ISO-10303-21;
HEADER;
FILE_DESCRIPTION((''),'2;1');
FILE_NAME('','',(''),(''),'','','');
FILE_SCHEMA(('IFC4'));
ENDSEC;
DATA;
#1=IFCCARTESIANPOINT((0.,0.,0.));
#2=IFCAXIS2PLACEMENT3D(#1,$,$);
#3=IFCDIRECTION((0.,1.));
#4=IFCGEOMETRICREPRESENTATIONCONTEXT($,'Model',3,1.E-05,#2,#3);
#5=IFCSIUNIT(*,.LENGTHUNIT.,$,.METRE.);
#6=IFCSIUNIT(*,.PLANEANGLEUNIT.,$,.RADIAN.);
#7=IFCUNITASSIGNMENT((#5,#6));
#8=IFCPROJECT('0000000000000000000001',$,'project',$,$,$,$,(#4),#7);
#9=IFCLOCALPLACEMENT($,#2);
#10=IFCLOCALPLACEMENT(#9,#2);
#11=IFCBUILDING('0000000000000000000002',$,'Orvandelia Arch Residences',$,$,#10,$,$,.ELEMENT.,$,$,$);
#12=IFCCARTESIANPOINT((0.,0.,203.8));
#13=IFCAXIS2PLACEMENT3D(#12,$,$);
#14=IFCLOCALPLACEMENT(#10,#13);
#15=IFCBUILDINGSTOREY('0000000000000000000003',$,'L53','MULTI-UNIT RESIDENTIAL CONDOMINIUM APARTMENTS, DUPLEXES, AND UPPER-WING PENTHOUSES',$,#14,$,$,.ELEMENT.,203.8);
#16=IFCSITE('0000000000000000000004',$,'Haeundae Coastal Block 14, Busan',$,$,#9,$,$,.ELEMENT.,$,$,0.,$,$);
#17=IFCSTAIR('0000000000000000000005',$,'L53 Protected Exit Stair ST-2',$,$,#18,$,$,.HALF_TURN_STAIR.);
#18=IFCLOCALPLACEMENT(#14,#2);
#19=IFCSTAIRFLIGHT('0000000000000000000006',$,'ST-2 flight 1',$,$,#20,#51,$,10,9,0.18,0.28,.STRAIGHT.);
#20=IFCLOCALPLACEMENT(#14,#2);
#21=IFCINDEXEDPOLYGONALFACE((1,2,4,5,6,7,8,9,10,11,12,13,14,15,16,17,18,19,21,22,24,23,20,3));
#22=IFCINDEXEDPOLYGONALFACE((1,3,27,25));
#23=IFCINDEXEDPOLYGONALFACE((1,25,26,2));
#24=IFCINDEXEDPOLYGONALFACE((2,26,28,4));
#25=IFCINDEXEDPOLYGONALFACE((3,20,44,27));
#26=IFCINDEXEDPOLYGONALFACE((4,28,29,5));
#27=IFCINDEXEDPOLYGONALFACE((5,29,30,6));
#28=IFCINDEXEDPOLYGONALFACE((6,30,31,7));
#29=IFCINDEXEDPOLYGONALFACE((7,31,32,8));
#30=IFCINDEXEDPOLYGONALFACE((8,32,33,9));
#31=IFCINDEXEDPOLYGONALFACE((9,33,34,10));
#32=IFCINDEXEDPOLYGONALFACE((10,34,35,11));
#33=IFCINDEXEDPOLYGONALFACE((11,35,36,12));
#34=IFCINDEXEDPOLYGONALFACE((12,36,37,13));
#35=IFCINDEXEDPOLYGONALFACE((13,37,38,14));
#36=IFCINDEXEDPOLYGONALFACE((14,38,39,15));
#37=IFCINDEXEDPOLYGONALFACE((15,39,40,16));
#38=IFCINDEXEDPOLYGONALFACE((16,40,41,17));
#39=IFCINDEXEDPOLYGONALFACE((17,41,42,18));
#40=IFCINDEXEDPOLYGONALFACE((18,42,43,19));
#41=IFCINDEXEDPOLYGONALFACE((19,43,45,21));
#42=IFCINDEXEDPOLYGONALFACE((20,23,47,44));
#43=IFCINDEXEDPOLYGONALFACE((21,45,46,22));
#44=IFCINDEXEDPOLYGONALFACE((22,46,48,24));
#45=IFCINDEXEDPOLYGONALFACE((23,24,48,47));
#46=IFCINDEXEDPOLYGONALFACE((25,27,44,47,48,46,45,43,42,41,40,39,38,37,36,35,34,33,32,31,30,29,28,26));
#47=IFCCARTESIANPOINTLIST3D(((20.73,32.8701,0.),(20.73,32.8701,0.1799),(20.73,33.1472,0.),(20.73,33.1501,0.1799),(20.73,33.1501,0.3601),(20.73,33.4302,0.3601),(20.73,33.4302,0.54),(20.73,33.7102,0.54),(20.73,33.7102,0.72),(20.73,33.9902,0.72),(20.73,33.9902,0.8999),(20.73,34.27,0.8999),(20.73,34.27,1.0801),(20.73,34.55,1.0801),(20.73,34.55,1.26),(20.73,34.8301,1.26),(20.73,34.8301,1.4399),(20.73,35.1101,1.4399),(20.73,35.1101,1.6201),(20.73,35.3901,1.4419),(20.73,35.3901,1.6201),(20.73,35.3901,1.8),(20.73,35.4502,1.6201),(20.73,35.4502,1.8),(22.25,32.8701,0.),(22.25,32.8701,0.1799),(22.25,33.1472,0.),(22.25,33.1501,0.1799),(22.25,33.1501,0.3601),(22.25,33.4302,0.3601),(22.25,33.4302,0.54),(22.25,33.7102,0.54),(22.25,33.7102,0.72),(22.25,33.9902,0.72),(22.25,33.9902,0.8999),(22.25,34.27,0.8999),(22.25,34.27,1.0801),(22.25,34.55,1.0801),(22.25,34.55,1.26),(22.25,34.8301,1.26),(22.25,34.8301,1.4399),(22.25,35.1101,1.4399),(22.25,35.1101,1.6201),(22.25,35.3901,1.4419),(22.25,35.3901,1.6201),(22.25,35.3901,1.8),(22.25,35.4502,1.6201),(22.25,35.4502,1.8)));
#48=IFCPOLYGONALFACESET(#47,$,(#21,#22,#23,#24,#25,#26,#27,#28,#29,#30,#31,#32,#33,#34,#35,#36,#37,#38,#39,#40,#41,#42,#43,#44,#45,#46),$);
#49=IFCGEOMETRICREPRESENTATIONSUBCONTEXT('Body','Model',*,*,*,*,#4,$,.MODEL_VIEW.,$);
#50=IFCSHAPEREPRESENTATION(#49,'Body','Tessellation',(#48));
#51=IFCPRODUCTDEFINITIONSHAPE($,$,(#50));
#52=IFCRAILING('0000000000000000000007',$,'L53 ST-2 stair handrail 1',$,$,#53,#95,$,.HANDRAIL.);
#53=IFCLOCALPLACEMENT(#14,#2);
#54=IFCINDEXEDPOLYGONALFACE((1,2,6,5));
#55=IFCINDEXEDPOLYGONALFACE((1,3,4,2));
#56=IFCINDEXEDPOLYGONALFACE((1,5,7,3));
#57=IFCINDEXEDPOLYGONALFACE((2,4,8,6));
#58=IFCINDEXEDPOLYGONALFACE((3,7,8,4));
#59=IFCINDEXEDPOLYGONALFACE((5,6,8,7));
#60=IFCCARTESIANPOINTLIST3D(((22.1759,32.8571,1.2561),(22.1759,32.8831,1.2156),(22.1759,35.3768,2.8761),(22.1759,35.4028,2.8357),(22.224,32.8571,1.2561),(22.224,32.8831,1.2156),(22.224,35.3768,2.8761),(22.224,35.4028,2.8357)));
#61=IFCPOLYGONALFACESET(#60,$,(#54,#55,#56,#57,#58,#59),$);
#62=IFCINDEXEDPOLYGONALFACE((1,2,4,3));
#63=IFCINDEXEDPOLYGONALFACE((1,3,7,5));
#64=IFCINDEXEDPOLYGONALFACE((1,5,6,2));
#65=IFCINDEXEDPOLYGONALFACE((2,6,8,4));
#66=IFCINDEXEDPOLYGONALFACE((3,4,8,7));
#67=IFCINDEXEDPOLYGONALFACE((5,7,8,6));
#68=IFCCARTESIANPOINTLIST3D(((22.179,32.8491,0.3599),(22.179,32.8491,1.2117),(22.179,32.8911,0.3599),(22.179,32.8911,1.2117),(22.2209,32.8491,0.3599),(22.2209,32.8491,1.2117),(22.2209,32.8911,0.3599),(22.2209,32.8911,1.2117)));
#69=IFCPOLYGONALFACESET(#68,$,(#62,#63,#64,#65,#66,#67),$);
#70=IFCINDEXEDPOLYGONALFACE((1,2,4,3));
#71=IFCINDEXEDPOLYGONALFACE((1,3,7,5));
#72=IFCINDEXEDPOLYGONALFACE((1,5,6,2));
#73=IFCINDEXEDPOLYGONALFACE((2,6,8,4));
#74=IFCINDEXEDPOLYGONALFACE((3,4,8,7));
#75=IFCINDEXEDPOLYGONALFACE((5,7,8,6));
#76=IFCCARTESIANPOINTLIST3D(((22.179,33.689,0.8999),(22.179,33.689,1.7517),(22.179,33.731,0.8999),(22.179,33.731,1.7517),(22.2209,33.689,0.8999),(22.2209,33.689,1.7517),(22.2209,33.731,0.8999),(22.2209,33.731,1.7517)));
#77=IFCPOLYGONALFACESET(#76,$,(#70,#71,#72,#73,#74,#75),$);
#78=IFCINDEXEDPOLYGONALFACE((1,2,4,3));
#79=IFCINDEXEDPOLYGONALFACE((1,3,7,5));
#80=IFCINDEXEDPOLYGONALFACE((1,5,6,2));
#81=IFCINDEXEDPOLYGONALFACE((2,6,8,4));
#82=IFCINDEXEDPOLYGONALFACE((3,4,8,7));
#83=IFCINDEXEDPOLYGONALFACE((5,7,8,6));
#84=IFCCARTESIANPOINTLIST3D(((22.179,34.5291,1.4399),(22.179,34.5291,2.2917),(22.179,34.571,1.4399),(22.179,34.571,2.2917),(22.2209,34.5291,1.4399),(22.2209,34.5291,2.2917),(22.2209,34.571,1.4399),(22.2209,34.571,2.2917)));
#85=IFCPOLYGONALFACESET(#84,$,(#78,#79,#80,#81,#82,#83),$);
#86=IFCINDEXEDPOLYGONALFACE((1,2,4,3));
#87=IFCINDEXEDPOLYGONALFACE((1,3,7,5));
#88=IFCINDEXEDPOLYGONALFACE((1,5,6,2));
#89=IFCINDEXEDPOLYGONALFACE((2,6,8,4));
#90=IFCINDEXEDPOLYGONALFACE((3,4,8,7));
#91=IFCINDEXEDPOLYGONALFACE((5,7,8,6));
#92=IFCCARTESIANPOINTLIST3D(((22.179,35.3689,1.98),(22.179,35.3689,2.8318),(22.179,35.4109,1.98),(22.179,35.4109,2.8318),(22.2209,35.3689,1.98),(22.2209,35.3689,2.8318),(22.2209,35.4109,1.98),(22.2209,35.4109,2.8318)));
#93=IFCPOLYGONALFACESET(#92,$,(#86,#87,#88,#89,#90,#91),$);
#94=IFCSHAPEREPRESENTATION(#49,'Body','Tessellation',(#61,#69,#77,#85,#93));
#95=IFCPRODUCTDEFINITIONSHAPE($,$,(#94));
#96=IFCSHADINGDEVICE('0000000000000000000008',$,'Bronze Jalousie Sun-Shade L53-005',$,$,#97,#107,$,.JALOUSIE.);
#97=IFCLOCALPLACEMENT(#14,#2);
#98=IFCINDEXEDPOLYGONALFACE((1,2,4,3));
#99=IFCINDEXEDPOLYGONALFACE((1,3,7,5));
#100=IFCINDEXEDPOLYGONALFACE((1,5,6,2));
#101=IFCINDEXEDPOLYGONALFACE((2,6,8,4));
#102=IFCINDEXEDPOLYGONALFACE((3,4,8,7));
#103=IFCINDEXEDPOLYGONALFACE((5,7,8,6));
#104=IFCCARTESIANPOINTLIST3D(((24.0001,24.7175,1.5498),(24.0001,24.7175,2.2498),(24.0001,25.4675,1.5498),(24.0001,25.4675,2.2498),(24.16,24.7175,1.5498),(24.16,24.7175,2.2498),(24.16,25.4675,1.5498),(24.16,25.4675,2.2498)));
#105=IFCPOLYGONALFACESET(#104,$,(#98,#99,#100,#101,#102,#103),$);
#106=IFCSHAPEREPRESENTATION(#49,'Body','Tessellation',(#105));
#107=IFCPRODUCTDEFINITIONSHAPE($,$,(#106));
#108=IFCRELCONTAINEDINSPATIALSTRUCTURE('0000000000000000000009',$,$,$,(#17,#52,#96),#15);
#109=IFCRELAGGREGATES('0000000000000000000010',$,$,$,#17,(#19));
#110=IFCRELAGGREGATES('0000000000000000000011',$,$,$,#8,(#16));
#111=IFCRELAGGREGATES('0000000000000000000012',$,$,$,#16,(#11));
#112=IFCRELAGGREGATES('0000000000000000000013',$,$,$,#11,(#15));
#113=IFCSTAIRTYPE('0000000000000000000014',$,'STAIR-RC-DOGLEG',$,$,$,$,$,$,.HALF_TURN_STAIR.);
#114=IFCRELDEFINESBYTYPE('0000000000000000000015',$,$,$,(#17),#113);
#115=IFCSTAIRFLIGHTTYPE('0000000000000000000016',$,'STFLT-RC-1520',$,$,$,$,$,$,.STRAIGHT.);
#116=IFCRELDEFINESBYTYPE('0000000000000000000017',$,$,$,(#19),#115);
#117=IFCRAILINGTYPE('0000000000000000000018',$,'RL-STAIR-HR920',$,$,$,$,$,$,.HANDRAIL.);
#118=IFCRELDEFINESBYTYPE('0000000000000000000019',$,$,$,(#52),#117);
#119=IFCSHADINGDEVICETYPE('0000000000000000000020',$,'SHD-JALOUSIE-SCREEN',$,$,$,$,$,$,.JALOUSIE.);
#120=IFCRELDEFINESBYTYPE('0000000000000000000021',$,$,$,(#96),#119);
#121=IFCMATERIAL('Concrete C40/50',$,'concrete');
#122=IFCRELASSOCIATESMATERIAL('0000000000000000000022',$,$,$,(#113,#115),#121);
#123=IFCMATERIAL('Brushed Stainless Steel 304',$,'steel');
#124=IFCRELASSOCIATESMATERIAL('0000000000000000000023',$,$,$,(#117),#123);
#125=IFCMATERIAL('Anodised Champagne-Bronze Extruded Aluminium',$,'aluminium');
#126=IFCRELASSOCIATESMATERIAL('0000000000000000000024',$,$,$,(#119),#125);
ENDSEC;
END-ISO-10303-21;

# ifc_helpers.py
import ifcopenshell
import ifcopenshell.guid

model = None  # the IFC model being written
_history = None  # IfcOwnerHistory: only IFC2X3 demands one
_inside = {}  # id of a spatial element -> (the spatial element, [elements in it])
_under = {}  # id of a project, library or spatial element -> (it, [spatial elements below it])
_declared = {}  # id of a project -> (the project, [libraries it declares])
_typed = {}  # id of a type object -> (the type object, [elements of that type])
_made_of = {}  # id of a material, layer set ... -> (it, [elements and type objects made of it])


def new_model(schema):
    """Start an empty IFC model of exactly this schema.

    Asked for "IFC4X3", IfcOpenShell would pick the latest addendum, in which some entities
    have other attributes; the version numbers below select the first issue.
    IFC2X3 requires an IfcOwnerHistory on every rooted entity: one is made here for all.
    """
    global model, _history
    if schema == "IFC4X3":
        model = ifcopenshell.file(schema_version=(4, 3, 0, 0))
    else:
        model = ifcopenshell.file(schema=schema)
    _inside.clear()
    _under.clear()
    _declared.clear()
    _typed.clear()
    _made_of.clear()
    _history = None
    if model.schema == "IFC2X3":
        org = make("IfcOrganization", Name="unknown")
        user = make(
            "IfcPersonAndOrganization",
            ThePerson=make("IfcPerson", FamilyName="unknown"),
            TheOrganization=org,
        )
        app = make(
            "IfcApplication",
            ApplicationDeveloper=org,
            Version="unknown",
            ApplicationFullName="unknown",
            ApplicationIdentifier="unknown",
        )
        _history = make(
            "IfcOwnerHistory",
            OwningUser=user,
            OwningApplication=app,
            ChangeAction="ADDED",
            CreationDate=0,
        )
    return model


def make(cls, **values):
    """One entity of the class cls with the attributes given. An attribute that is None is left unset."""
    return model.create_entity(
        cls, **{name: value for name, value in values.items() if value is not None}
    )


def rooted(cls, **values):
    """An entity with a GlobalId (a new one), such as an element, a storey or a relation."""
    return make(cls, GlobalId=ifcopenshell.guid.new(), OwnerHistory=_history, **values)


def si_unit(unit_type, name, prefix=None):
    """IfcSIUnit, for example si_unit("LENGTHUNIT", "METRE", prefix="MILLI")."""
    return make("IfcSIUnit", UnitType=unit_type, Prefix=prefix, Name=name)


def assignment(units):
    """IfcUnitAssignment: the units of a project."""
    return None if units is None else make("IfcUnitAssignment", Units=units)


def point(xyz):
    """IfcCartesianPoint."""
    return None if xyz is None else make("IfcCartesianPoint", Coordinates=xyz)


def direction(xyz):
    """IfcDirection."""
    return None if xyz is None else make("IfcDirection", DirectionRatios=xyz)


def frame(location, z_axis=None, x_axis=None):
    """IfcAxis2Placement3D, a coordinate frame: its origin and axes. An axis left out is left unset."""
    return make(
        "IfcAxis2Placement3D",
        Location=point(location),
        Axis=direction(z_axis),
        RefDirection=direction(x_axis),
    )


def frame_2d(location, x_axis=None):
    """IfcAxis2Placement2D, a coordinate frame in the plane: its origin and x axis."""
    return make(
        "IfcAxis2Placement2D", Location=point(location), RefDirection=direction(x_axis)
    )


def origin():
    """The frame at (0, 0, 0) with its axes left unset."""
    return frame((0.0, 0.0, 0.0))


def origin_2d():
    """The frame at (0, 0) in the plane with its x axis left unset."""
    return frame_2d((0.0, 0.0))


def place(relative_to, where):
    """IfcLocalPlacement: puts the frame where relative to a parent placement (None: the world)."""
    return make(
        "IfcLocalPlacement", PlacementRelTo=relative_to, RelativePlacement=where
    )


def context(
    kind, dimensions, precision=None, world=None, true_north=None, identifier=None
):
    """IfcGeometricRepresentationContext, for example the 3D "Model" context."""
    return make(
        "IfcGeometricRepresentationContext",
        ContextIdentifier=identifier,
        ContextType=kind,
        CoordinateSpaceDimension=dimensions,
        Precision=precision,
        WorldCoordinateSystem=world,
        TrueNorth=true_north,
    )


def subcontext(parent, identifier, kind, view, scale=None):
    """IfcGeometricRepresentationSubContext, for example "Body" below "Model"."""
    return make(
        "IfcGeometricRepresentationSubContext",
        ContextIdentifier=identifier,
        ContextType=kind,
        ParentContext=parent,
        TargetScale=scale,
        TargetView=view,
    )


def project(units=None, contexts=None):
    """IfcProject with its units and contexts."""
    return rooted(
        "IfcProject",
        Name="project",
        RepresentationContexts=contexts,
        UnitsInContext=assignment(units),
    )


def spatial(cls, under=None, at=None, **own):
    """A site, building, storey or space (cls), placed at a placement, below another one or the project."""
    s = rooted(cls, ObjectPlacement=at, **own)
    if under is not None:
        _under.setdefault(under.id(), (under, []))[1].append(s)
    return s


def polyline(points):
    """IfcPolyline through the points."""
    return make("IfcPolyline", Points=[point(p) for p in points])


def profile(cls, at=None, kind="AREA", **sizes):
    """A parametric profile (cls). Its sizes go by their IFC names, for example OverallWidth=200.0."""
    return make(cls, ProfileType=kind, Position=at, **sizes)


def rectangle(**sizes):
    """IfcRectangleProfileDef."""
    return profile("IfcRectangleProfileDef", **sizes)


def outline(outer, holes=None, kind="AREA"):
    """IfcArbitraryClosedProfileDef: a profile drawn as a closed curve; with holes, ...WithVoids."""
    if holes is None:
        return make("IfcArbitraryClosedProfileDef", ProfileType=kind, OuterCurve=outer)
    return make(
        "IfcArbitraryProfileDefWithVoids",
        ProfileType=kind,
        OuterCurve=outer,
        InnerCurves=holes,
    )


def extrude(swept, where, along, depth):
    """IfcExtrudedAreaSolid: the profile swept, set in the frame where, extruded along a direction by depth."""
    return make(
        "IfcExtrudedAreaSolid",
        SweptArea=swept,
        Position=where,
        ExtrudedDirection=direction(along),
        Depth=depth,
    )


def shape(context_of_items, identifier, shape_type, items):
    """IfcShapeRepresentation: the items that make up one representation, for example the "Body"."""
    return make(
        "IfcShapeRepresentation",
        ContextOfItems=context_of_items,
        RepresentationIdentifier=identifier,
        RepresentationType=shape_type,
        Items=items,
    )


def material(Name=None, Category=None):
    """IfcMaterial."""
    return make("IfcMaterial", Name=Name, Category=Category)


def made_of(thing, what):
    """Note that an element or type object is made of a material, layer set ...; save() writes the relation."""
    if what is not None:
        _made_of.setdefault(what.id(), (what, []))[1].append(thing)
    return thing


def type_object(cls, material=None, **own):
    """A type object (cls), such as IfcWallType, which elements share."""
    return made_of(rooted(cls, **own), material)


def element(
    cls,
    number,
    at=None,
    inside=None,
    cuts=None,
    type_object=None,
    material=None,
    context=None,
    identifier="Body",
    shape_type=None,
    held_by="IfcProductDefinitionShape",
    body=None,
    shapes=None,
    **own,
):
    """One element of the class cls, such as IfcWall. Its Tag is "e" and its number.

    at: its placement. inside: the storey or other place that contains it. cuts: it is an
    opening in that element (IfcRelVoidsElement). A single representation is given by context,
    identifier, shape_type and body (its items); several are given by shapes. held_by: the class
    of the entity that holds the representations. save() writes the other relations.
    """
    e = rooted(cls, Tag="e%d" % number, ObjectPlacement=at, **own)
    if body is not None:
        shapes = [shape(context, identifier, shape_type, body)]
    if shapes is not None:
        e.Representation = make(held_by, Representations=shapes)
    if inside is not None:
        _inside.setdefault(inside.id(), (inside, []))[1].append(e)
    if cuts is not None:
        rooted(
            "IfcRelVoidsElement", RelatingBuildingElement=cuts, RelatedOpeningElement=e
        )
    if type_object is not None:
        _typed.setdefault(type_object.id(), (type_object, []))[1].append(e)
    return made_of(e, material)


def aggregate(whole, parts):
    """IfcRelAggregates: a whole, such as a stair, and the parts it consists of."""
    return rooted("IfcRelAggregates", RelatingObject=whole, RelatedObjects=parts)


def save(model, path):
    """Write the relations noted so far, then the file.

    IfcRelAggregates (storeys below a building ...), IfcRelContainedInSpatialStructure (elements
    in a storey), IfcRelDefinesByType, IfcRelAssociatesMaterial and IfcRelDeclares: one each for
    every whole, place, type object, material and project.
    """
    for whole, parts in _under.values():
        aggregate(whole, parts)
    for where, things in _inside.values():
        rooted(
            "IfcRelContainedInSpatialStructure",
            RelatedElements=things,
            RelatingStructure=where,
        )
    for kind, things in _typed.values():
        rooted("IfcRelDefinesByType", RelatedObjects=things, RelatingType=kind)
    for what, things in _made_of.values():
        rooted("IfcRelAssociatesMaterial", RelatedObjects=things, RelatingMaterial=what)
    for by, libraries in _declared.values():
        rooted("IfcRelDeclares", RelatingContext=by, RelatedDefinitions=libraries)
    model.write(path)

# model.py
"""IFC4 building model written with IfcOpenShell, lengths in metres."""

from ifc_helpers import new_model, si_unit, direction, frame, origin, origin_2d, place, context, subcontext, project, spatial, polyline, rectangle, outline, extrude, material, type_object, element, aggregate, save


model = new_model("IFC4")

# Units and contexts
model_context = context("Model", 3, precision=1e-05, world=origin(), true_north=direction((0.0, 1.0)))
body_context = subcontext(model_context, "Body", "Model", "MODEL_VIEW")
ifc_project = project(units=[si_unit("LENGTHUNIT", "METRE"), si_unit("PLANEANGLEUNIT", "RADIAN")], contexts=[model_context])

# Site, building, storey
site_placement = place(None, origin())
site = spatial("IfcSite", under=ifc_project, at=site_placement, Name="Haeundae Coastal Block 14, Busan", CompositionType="ELEMENT", RefElevation=0.0)
building_placement = place(site_placement, origin())
building = spatial("IfcBuilding", under=site, at=building_placement, Name="Orvandelia Arch Residences", CompositionType="ELEMENT")
storey_placement = place(building_placement, frame((0.0, 0.0, 203.8)))
storey = spatial("IfcBuildingStorey", under=building, at=storey_placement, Name="L53", Description="MULTI-UNIT RESIDENTIAL CONDOMINIUM APARTMENTS, DUPLEXES, AND UPPER-WING PENTHOUSES", CompositionType="ELEMENT", Elevation=203.8)

# Stair, stair flight
ifc_material_1 = material(Name="Concrete C40/50", Category="concrete")
stair_type = type_object("IfcStairType", Name="STAIR-RC-DOGLEG", PredefinedType="HALF_TURN_STAIR", material=ifc_material_1)
stair_placement = place(storey_placement, origin())
stair = element("IfcStair", 1, at=stair_placement, inside=storey, type_object=stair_type, Name="L53 Protected Exit Stair ST-2", PredefinedType="HALF_TURN_STAIR")
stair_flight_type = type_object("IfcStairFlightType", Name="STFLT-RC-1520", PredefinedType="STRAIGHT", material=ifc_material_1)
stair_flight_placement = place(storey_placement, frame((21.49, 32.8701, 0.0), z_axis=(0.0, 0.0, 1.0), x_axis=(0.0, 1.0, 0.0)))
stair_flight = element("IfcStairFlight", 2, at=stair_flight_placement, type_object=stair_flight_type, Name="ST-2 flight 1", NumberOfRisers=10, NumberOfTreads=9, PredefinedType="STRAIGHT", RiserHeight=0.18, TreadLength=0.28, context=body_context, shape_type="SweptSolid", body=[
    extrude(outline(polyline([(0.0, 0.0), (0.0, 0.1799), (0.28, 0.1799), (0.28, 0.3601), (0.5601, 0.3601), (0.5601, 0.54), (0.8401, 0.54), (0.8401, 0.72), (1.1201, 0.72), (1.1201, 0.8999), (1.3999, 0.8999), (1.3999, 1.0801), (1.6799, 1.0801), (1.6799, 1.26), (1.96, 1.26), (1.96, 1.4399), (2.24, 1.4399), (2.24, 1.6201), (2.52, 1.6201), (2.52, 1.8), (2.5801, 1.8), (2.5801, 1.6201), (2.52, 1.4419), (0.2771, 0.0), (0.0, 0.0)])), frame((0.0, 0.76, 0.0), z_axis=(0.0, -1.0, 0.0), x_axis=(1.0, 0.0, 0.0)), (0.0, 0.0, 1.0), 1.52),
])
aggregate(stair, [stair_flight])

# Railing
ifc_material_2 = material(Name="Brushed Stainless Steel 304", Category="steel")
railing_type = type_object("IfcRailingType", Name="RL-STAIR-HR920", PredefinedType="HANDRAIL", material=ifc_material_2)
railing_placement = place(storey_placement, frame((22.2, 32.8701, 0.3599)))
element("IfcRailing", 3, at=railing_placement, inside=storey, type_object=railing_type, Name="L53 ST-2 stair handrail 1", PredefinedType="HANDRAIL", context=body_context, shape_type="SweptSolid", body=[
    extrude(rectangle(XDim=0.0481, YDim=0.0481, at=origin_2d()), frame((0.0, 0.0, 0.876), z_axis=(0.0, 0.841139, 0.540819), x_axis=(-1.0, 0.0, 0.0)), (0.0, 0.0, 1.0), 2.9956),
    extrude(rectangle(XDim=0.042, YDim=0.042, at=origin_2d()), origin(), (0.0, 0.0, 1.0), 0.8518),
    extrude(rectangle(XDim=0.042, YDim=0.042, at=origin_2d()), frame((0.0, 0.8398, 0.54)), (0.0, 0.0, 1.0), 0.8518),
    extrude(rectangle(XDim=0.042, YDim=0.042, at=origin_2d()), frame((0.0, 1.6799, 1.0801)), (0.0, 0.0, 1.0), 0.8518),
    extrude(rectangle(XDim=0.042, YDim=0.042, at=origin_2d()), frame((0.0, 2.5198, 1.6201)), (0.0, 0.0, 1.0), 0.8518),
])

# Shading device
ifc_material_3 = material(Name="Anodised Champagne-Bronze Extruded Aluminium", Category="aluminium")
shading_device_type = type_object("IfcShadingDeviceType", Name="SHD-JALOUSIE-SCREEN", PredefinedType="JALOUSIE", material=ifc_material_3)
shading_device_placement = place(storey_placement, frame((24.0801, 25.0925, 1.5498), z_axis=(0.0, 0.0, 1.0), x_axis=(0.0, -1.0, 0.0)))
element("IfcShadingDevice", 4, at=shading_device_placement, inside=storey, type_object=shading_device_type, Name="Bronze Jalousie Sun-Shade L53-005", PredefinedType="JALOUSIE", context=body_context, shape_type="SweptSolid", body=[
    extrude(rectangle(XDim=0.75, YDim=0.1599, at=origin_2d()), origin(), (0.0, 0.0, 1.0), 0.7),
])

save(model, "model.ifc")
